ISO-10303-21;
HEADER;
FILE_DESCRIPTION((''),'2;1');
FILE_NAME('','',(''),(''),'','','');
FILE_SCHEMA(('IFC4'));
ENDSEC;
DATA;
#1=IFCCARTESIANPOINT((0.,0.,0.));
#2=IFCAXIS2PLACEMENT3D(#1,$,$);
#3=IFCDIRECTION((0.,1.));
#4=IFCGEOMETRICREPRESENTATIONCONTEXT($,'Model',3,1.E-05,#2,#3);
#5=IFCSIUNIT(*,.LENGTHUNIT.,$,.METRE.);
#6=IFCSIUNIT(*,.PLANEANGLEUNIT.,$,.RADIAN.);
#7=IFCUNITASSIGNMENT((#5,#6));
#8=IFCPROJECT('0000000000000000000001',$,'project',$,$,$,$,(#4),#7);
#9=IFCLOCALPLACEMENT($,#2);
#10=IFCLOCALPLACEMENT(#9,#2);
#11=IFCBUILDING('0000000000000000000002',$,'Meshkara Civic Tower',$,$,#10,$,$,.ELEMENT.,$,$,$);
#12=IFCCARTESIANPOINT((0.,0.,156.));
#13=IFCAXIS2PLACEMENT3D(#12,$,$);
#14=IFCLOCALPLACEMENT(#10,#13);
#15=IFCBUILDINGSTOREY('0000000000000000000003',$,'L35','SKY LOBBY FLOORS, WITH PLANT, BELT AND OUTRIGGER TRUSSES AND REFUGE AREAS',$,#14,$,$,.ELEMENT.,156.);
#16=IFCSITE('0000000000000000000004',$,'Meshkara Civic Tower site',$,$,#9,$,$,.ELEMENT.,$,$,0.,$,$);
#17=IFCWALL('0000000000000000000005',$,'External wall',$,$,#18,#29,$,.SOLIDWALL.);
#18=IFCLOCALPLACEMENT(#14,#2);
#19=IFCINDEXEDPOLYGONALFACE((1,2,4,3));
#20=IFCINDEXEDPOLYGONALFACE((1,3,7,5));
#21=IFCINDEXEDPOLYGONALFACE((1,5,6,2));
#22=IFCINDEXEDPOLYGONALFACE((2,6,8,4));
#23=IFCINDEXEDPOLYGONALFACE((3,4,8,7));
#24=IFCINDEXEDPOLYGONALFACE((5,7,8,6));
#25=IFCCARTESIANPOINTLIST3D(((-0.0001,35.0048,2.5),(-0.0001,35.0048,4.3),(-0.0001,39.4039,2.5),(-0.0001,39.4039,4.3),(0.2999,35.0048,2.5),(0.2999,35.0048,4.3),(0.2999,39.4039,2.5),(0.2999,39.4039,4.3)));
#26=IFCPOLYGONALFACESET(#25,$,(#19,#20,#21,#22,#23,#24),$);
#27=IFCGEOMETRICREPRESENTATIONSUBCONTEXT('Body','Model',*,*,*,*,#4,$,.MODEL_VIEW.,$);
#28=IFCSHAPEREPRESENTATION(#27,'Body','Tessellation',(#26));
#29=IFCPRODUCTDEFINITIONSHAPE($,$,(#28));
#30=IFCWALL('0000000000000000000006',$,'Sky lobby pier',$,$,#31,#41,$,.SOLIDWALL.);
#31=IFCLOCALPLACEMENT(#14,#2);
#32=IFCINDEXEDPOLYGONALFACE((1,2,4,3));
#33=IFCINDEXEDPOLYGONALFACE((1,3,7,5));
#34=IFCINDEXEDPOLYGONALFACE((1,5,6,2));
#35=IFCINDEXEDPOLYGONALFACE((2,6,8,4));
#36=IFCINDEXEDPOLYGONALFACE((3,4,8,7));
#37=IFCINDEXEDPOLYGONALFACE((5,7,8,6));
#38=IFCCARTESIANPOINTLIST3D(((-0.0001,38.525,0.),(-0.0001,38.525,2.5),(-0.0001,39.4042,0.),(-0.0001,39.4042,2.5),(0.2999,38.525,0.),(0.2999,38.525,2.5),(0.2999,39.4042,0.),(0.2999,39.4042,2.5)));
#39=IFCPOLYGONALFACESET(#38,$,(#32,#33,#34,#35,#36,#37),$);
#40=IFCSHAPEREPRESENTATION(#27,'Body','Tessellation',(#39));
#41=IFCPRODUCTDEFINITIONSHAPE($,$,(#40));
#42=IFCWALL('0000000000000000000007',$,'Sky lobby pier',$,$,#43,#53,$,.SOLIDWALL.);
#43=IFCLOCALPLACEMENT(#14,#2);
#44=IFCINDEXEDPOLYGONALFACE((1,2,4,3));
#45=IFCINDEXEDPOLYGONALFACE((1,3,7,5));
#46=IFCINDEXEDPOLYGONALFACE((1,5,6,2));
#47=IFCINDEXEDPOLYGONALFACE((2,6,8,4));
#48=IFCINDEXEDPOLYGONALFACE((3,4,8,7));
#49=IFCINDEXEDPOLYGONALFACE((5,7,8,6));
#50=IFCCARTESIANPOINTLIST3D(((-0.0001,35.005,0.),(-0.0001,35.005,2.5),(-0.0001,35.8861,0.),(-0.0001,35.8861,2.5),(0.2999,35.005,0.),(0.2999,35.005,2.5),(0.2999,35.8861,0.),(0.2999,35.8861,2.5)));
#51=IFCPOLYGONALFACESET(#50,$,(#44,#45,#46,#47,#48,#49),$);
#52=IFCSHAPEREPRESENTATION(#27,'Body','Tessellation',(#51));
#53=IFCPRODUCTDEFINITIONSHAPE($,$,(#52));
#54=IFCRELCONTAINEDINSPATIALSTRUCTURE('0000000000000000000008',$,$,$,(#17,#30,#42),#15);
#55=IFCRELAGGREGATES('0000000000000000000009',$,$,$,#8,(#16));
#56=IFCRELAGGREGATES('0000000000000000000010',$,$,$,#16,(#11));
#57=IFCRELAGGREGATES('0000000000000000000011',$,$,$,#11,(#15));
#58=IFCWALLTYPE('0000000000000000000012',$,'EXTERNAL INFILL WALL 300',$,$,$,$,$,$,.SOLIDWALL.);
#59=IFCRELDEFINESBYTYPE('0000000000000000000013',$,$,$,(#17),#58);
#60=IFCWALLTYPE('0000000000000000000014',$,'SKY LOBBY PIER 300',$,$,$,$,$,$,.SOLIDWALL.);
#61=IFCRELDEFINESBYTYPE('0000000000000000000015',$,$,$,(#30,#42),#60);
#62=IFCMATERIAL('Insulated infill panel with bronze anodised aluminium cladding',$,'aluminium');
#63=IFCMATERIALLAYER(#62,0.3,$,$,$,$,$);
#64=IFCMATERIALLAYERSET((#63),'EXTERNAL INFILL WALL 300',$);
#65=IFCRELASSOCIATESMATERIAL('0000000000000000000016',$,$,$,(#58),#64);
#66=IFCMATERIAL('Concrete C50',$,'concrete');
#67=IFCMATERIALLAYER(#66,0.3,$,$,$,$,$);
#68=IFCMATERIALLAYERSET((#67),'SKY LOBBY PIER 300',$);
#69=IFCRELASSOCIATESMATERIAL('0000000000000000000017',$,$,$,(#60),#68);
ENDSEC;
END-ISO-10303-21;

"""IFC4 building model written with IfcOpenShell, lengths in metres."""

from ifc_helpers import new_model, si_unit, direction, frame, frame_2d, origin, place, context, subcontext, project, spatial, rectangle, extrude, material, layer, layer_set, type_object, element, save


model = new_model("IFC4")

# Units and contexts
model_context = context("Model", 3, precision=1e-05, world=origin(), true_north=direction((0.0, 1.0)))
body_context = subcontext(model_context, "Body", "Model", "MODEL_VIEW")
ifc_project = project(units=[si_unit("LENGTHUNIT", "METRE"), si_unit("PLANEANGLEUNIT", "RADIAN")], contexts=[model_context])

# Site, building, storey
site_placement = place(None, origin())
site = spatial("IfcSite", under=ifc_project, at=site_placement, Name="Meshkara Civic Tower site", CompositionType="ELEMENT", RefElevation=0.0)
building_placement = place(site_placement, origin())
building = spatial("IfcBuilding", under=site, at=building_placement, Name="Meshkara Civic Tower", CompositionType="ELEMENT")
storey_placement = place(building_placement, frame((0.0, 0.0, 156.0)))
storey = spatial("IfcBuildingStorey", under=building, at=storey_placement, Name="L35", Description="SKY LOBBY FLOORS, WITH PLANT, BELT AND OUTRIGGER TRUSSES AND REFUGE AREAS", CompositionType="ELEMENT", Elevation=156.0)

# Walls
ifc_material_1 = material(Name="Insulated infill panel with bronze anodised aluminium cladding", Category="aluminium")
ifc_layer_1 = layer(ifc_material_1, 0.3)
ifc_layer_set_1 = layer_set([ifc_layer_1], Name="EXTERNAL INFILL WALL 300")
wall_type_1 = type_object("IfcWallType", Name="EXTERNAL INFILL WALL 300", PredefinedType="SOLIDWALL", material=ifc_layer_set_1)
wall_1_placement = place(storey_placement, frame((0.1499, 39.4041, 2.5), z_axis=(0.0, 0.0, 1.0), x_axis=(0.0, -1.0, 0.0)))
element("IfcWall", 1, at=wall_1_placement, inside=storey, type_object=wall_type_1, Name="External wall", PredefinedType="SOLIDWALL", context=body_context, shape_type="SweptSolid", body=[
    extrude(rectangle(XDim=4.3992, YDim=0.3, at=frame_2d((2.1997, 0.0))), origin(), (0.0, 0.0, 1.0), 1.8),
])
ifc_material_2 = material(Name="Concrete C50", Category="concrete")
ifc_layer_2 = layer(ifc_material_2, 0.3)
ifc_layer_set_2 = layer_set([ifc_layer_2], Name="SKY LOBBY PIER 300")
wall_type_2 = type_object("IfcWallType", Name="SKY LOBBY PIER 300", PredefinedType="SOLIDWALL", material=ifc_layer_set_2)
wall_2_placement = place(storey_placement, frame((0.1499, 39.4041, 0.0), z_axis=(0.0, 0.0, 1.0), x_axis=(0.0, -1.0, 0.0)))
element("IfcWall", 2, at=wall_2_placement, inside=storey, type_object=wall_type_2, Name="Sky lobby pier", PredefinedType="SOLIDWALL", context=body_context, shape_type="SweptSolid", body=[
    extrude(rectangle(XDim=0.8792, YDim=0.3, at=frame_2d((0.4395, 0.0))), origin(), (0.0, 0.0, 1.0), 2.5),
])
wall_3_placement = place(storey_placement, frame((0.1499, 35.886, 0.0), z_axis=(0.0, 0.0, 1.0), x_axis=(0.0, -1.0, 0.0)))
element("IfcWall", 3, at=wall_3_placement, inside=storey, type_object=wall_type_2, Name="Sky lobby pier", PredefinedType="SOLIDWALL", context=body_context, shape_type="SweptSolid", body=[
    extrude(rectangle(XDim=0.8811, YDim=0.3, at=frame_2d((0.4404, 0.0))), origin(), (0.0, 0.0, 1.0), 2.5),
])

save(model, "model.ifc")
